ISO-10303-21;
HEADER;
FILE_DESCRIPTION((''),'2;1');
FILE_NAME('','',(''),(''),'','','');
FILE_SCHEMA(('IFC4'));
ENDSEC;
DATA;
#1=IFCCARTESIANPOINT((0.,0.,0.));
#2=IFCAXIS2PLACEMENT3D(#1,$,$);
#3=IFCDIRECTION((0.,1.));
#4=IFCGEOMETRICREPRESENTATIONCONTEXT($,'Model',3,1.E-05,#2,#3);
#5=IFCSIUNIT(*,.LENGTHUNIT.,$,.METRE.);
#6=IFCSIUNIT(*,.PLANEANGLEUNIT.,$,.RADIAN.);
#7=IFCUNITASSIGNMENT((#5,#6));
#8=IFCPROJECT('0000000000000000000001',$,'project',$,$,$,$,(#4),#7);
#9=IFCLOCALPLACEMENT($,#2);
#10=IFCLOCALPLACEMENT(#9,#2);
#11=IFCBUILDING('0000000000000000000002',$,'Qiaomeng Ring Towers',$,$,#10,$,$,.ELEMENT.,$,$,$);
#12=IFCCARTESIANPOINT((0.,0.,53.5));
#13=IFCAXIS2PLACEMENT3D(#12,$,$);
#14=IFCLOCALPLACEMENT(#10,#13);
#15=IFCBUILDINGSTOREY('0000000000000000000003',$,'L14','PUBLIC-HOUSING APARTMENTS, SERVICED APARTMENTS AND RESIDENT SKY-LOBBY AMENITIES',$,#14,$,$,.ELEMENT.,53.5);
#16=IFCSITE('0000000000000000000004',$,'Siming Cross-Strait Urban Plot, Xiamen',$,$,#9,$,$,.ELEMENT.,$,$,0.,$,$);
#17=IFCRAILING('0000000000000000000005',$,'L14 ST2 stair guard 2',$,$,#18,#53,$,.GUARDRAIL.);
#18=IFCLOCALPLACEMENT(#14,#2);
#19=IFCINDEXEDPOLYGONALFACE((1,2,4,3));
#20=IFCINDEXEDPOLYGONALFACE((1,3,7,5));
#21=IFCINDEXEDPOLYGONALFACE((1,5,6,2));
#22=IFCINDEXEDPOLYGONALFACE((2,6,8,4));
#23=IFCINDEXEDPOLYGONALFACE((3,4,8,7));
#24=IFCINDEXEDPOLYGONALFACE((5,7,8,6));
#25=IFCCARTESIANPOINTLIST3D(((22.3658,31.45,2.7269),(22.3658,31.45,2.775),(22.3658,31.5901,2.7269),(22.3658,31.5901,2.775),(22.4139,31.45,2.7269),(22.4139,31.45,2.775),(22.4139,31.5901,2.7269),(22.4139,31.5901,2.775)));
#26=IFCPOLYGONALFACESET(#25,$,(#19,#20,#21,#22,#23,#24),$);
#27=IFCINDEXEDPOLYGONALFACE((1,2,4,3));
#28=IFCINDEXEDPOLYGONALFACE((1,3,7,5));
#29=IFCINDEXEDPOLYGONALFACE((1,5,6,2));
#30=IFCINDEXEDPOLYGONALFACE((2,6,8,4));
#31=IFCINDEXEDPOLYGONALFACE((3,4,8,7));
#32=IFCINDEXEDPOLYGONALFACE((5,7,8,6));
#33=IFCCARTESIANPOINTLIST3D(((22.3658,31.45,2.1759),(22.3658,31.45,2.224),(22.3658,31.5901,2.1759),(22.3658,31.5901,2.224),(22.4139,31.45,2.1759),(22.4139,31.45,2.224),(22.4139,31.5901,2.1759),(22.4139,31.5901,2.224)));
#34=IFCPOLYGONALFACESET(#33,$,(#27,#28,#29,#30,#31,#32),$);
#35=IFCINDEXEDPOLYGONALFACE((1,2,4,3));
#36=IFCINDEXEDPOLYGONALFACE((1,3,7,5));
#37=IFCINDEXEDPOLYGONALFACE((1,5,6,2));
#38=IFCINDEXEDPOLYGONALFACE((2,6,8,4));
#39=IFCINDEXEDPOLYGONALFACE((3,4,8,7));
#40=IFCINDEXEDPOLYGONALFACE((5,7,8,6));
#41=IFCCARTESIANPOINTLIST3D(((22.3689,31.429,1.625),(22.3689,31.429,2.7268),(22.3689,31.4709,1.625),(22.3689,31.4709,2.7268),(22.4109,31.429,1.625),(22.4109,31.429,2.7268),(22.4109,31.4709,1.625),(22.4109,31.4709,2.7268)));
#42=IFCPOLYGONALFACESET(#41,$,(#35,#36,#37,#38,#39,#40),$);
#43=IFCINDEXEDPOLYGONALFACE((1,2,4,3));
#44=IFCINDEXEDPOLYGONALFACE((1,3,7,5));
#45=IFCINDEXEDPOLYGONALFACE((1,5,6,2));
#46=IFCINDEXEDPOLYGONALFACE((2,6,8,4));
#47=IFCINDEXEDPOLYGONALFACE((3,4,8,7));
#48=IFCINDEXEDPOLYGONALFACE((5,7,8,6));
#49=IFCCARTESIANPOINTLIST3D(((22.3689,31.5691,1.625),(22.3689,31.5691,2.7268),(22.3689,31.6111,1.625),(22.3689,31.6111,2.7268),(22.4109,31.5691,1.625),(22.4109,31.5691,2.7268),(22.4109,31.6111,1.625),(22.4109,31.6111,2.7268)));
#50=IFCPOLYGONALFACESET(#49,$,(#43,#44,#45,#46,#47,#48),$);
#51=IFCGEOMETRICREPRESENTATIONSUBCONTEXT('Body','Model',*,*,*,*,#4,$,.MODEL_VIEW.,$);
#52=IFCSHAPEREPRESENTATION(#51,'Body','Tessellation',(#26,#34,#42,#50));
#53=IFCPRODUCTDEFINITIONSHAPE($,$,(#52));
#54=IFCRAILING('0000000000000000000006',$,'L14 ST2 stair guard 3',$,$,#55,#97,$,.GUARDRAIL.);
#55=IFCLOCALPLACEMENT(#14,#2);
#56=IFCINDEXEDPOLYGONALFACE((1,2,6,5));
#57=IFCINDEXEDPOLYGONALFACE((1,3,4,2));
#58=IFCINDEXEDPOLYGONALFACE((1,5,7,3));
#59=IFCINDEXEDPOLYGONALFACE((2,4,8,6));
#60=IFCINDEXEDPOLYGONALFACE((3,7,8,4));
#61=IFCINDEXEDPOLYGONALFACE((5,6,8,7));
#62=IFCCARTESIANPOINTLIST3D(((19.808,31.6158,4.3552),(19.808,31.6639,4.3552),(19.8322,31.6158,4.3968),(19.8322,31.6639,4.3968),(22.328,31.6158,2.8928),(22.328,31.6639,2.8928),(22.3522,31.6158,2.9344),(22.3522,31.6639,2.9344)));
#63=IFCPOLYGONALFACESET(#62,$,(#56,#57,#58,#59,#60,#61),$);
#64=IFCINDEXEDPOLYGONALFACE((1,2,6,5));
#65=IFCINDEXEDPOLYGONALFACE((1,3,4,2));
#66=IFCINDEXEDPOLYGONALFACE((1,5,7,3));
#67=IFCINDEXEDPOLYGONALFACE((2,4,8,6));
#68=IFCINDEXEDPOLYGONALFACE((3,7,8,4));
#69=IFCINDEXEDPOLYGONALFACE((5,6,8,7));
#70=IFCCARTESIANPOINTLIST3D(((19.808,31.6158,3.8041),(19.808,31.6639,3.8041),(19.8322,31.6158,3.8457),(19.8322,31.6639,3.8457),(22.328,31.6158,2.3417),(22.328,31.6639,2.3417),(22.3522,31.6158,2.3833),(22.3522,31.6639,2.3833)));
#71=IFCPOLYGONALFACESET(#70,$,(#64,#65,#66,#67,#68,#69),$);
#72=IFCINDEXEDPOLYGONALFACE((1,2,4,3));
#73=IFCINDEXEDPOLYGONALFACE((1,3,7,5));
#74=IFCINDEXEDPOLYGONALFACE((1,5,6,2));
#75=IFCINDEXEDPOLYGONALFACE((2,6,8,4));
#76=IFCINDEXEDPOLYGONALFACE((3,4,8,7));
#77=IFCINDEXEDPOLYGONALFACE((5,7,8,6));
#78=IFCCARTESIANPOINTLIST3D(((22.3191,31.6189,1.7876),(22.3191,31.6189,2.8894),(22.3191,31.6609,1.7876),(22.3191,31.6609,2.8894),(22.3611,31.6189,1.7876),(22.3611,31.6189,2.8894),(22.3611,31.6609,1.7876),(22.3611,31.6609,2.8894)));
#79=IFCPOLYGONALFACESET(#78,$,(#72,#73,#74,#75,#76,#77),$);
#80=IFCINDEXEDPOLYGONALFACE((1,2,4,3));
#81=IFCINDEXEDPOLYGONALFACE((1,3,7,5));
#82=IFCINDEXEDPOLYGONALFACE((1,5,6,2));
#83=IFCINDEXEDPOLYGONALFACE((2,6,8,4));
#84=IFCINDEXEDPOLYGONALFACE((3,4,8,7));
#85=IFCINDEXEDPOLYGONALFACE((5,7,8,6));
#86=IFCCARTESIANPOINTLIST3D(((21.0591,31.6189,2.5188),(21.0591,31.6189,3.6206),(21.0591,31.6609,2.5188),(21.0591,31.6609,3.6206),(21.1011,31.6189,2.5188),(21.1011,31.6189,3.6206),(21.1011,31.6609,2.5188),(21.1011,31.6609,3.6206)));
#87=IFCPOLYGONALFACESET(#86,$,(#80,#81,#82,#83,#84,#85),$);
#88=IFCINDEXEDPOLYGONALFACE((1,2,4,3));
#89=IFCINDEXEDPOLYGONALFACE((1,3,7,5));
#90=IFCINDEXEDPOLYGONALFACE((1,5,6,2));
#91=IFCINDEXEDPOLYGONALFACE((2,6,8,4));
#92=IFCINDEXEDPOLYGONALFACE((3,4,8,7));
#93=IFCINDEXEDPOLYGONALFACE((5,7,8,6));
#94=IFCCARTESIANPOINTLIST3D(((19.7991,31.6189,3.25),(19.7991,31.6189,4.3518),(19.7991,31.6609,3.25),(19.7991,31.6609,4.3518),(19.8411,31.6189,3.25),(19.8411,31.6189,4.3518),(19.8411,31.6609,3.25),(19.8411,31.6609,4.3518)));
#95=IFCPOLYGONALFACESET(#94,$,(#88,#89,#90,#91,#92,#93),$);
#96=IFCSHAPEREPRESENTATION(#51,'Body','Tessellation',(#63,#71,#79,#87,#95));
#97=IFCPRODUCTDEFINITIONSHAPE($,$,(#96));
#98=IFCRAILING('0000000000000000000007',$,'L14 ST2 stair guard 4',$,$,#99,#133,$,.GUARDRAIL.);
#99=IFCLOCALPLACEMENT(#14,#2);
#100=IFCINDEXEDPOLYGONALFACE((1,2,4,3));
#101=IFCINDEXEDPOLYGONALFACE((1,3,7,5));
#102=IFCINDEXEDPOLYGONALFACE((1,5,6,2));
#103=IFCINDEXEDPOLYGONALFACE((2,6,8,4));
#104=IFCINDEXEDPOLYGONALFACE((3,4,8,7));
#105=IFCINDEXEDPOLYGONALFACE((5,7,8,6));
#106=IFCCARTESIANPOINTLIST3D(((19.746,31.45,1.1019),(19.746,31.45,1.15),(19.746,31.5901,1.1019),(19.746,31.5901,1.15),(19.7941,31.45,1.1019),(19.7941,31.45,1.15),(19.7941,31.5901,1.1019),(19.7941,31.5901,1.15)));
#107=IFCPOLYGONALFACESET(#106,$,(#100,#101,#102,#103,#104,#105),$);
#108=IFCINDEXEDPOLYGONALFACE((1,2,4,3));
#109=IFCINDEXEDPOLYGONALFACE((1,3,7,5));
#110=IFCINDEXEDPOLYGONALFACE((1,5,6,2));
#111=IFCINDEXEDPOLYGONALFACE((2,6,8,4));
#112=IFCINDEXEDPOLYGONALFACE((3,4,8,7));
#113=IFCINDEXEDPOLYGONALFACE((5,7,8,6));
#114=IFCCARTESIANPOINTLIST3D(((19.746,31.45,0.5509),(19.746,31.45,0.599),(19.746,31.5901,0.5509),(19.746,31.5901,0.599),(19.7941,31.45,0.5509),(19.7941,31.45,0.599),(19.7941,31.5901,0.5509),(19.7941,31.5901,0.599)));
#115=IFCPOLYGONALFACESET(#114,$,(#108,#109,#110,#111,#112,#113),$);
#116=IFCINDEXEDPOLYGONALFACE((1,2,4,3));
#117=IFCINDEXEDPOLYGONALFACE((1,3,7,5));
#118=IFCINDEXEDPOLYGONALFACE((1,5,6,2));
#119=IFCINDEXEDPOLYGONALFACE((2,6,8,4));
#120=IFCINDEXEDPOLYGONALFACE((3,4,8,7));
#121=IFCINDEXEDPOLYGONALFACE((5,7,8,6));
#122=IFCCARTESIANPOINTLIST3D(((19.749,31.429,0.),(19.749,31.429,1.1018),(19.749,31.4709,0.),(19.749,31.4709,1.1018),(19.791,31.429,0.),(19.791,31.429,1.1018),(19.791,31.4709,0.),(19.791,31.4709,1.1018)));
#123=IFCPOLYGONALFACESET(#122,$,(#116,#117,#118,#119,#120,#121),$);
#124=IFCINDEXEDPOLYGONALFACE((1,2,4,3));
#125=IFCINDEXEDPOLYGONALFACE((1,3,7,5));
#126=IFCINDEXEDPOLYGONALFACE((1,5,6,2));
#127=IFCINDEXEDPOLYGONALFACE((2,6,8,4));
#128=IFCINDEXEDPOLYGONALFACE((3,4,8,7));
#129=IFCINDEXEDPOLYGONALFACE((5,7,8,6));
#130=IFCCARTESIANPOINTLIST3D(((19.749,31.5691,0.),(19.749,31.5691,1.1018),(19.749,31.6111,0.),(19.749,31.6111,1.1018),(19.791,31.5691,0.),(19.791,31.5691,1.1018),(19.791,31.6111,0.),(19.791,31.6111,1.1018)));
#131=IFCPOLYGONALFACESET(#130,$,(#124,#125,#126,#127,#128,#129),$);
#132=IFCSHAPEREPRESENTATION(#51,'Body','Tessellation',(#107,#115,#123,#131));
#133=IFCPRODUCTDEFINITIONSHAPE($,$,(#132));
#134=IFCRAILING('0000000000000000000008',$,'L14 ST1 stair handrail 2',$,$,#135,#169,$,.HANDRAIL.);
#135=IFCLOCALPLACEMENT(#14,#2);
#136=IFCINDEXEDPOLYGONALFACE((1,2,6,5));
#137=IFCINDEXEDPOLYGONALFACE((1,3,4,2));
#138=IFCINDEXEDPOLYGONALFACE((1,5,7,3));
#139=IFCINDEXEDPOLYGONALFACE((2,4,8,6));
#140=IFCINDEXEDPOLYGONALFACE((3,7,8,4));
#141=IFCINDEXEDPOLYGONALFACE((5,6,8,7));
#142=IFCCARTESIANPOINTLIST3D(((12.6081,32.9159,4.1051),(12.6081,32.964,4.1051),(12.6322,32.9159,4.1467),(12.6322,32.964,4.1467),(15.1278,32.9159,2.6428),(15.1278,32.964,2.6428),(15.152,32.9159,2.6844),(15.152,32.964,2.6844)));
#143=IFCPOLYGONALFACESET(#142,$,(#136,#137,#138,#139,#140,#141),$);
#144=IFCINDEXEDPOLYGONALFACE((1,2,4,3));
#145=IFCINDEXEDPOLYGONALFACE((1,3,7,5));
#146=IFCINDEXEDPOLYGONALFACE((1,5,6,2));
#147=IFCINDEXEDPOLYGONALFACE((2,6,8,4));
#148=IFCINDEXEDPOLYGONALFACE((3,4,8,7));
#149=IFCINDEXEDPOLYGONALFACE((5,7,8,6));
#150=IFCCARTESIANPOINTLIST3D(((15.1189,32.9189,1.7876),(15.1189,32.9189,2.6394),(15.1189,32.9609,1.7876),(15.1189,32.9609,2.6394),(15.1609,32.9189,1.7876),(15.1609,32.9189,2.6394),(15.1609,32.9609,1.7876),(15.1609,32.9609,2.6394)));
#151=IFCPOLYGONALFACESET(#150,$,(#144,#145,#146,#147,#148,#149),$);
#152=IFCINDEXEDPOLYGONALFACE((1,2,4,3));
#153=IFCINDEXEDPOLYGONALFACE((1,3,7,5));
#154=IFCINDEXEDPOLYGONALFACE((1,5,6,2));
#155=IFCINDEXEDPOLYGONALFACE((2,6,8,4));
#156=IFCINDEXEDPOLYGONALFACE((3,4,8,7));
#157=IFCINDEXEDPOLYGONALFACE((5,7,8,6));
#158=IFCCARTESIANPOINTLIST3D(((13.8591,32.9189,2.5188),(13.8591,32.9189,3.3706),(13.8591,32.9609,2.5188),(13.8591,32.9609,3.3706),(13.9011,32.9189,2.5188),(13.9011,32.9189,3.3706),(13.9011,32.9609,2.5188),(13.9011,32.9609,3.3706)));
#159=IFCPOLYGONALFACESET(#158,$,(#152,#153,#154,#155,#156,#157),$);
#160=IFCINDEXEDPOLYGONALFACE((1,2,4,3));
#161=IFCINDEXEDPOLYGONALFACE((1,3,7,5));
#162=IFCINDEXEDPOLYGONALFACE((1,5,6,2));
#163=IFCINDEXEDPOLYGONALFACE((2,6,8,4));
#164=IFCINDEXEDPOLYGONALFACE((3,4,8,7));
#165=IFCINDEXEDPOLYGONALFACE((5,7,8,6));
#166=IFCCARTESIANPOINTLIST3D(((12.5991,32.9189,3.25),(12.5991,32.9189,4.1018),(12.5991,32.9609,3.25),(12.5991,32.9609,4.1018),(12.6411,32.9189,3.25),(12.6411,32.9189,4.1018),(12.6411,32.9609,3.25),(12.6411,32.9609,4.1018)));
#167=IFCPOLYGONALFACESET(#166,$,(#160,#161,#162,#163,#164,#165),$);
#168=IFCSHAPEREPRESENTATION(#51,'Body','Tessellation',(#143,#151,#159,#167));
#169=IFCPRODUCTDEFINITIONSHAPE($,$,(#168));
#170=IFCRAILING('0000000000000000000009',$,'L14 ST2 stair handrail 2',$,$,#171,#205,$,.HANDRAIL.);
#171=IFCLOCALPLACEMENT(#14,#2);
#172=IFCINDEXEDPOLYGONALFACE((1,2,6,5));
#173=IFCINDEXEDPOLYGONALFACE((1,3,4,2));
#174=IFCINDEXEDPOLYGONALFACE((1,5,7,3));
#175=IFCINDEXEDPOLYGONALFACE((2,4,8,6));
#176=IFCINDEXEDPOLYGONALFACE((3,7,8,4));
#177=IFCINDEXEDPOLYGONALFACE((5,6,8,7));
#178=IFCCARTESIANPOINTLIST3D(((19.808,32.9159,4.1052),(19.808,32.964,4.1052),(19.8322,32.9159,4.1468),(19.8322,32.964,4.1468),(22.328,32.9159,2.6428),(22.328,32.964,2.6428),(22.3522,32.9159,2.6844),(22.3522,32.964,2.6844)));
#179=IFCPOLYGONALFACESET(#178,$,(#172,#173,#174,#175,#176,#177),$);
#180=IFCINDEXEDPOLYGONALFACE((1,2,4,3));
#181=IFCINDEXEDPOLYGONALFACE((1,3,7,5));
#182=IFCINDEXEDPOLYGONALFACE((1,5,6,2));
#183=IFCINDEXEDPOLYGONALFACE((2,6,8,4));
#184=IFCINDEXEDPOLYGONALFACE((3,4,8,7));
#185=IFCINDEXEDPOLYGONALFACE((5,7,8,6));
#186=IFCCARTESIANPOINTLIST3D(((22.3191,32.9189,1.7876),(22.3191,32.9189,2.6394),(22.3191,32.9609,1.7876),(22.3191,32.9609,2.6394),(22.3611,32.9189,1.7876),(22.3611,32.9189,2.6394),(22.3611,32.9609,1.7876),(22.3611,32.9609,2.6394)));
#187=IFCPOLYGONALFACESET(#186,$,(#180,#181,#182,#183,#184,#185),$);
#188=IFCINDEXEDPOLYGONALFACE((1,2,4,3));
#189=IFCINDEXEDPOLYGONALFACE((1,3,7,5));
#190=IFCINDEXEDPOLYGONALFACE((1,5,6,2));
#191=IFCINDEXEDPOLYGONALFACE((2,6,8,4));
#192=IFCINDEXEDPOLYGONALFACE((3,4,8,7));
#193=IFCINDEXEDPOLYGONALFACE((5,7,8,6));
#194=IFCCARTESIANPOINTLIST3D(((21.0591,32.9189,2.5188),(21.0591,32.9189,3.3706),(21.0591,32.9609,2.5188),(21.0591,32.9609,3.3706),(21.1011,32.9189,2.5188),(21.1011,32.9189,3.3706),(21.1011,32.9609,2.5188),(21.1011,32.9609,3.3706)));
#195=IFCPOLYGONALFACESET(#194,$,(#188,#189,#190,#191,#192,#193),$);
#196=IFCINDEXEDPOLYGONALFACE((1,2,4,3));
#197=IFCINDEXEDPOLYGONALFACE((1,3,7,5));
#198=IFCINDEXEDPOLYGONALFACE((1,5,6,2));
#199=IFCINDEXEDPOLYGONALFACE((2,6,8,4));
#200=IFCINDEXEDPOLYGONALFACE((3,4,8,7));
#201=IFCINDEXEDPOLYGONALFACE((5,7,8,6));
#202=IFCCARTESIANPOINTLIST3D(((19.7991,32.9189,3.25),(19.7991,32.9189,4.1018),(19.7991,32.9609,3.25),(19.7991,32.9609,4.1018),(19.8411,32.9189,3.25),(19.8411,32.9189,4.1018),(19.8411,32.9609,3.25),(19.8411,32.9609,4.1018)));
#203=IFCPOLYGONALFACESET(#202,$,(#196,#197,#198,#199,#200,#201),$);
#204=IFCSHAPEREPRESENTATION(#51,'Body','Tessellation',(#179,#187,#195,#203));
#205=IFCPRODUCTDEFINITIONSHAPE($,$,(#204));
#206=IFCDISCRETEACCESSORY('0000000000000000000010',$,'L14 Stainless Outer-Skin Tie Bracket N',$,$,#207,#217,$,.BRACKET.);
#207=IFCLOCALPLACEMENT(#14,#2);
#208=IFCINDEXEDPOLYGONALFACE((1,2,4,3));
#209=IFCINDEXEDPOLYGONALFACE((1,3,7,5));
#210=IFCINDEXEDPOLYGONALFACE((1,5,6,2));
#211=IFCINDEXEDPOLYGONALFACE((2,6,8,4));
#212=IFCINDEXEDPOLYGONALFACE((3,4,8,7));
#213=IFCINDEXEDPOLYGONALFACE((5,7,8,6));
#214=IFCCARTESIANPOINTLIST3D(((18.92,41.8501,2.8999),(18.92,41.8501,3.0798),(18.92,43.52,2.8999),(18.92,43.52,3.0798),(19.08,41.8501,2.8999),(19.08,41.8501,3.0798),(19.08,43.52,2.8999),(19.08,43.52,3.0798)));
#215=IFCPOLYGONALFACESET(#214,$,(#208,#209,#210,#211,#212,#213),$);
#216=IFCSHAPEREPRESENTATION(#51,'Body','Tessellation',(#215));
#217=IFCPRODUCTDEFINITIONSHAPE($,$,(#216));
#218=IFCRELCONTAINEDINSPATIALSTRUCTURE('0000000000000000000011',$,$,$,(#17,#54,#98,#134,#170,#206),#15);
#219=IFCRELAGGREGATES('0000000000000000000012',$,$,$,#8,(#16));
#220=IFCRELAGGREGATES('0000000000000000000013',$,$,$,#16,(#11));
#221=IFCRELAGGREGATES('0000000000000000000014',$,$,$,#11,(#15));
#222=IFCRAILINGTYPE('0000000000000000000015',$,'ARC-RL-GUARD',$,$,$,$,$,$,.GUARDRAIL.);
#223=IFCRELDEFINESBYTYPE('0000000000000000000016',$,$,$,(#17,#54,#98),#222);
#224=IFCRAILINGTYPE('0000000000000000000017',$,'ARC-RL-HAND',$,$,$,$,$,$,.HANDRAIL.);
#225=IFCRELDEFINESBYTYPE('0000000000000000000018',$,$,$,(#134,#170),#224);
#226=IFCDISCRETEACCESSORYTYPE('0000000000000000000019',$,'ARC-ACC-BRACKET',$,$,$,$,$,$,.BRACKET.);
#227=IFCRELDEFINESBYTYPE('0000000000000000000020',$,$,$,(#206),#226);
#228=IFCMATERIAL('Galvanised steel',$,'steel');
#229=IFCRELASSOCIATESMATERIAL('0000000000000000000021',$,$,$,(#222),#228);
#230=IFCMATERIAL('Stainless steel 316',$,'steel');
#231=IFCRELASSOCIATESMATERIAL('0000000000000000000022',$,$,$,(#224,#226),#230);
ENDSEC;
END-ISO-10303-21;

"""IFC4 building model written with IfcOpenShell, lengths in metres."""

from ifc_helpers import new_model, si_unit, direction, frame, origin, origin_2d, place, context, subcontext, project, spatial, rectangle, extrude, source, transform, mapped, material, type_object, element, save


model = new_model("IFC4")

# Units and contexts
model_context = context("Model", 3, precision=1e-05, world=origin(), true_north=direction((0.0, 1.0)))
body_context = subcontext(model_context, "Body", "Model", "MODEL_VIEW")
ifc_project = project(units=[si_unit("LENGTHUNIT", "METRE"), si_unit("PLANEANGLEUNIT", "RADIAN")], contexts=[model_context])

# Site, building, storey
site_placement = place(None, origin())
site = spatial("IfcSite", under=ifc_project, at=site_placement, Name="Siming Cross-Strait Urban Plot, Xiamen", CompositionType="ELEMENT", RefElevation=0.0)
building_placement = place(site_placement, origin())
building = spatial("IfcBuilding", under=site, at=building_placement, Name="Qiaomeng Ring Towers", CompositionType="ELEMENT")
storey_placement = place(building_placement, frame((0.0, 0.0, 53.5)))
storey = spatial("IfcBuildingStorey", under=building, at=storey_placement, Name="L14", Description="PUBLIC-HOUSING APARTMENTS, SERVICED APARTMENTS AND RESIDENT SKY-LOBBY AMENITIES", CompositionType="ELEMENT", Elevation=53.5)

# Shared definitions
ifc_material_1 = material(Name="Galvanised steel", Category="steel")

# Railings
railing_type_1 = type_object("IfcRailingType", Name="ARC-RL-GUARD", PredefinedType="GUARDRAIL", material=ifc_material_1)
railing_1_placement = place(storey_placement, frame((22.3899, 31.45, 1.625)))
element("IfcRailing", 1, at=railing_1_placement, inside=storey, type_object=railing_type_1, Name="L14 ST2 stair guard 2", PredefinedType="GUARDRAIL", context=body_context, shape_type="SweptSolid", body=[
    extrude(rectangle(XDim=0.0481, YDim=0.0481, at=origin_2d()), frame((0.0, 0.0, 1.126), z_axis=(0.0, 1.0, 0.0), x_axis=(-1.0, 0.0, 0.0)), (0.0, 0.0, 1.0), 0.1401),
    extrude(rectangle(XDim=0.0481, YDim=0.0481, at=origin_2d()), frame((0.0, 0.0, 0.575), z_axis=(0.0, 1.0, 0.0), x_axis=(-1.0, 0.0, 0.0)), (0.0, 0.0, 1.0), 0.1401),
    extrude(rectangle(XDim=0.042, YDim=0.042, at=origin_2d()), origin(), (0.0, 0.0, 1.0), 1.1018),
    extrude(rectangle(XDim=0.042, YDim=0.042, at=origin_2d()), frame((0.0, 0.1401, 0.0)), (0.0, 0.0, 1.0), 1.1018),
])
railing_2_placement = place(storey_placement, frame((22.3401, 31.6399, 1.7876)))
element("IfcRailing", 2, at=railing_2_placement, inside=storey, type_object=railing_type_1, Name="L14 ST2 stair guard 3", PredefinedType="GUARDRAIL", context=body_context, shape_type="SweptSolid", body=[
    extrude(rectangle(XDim=0.0481, YDim=0.0481, at=origin_2d()), frame((0.0, 0.0, 1.126), z_axis=(-0.864913, 0.0, 0.501921), x_axis=(0.0, -1.0, 0.0)), (0.0, 0.0, 1.0), 2.9136),
    extrude(rectangle(XDim=0.0481, YDim=0.0481, at=origin_2d()), frame((0.0, 0.0, 0.575), z_axis=(-0.864913, 0.0, 0.501921), x_axis=(0.0, -1.0, 0.0)), (0.0, 0.0, 1.0), 2.9136),
    extrude(rectangle(XDim=0.042, YDim=0.042, at=origin_2d()), origin(), (0.0, 0.0, 1.0), 1.1018),
    extrude(rectangle(XDim=0.042, YDim=0.042, at=origin_2d()), frame((-1.26, 0.0, 0.7312)), (0.0, 0.0, 1.0), 1.1018),
    extrude(rectangle(XDim=0.042, YDim=0.042, at=origin_2d()), frame((-2.52, 0.0, 1.4624)), (0.0, 0.0, 1.0), 1.1018),
])
railing_3_placement = place(storey_placement, frame((19.77, 31.45, 0.0)))
element("IfcRailing", 3, at=railing_3_placement, inside=storey, type_object=railing_type_1, Name="L14 ST2 stair guard 4", PredefinedType="GUARDRAIL", context=body_context, shape_type="SweptSolid", body=[
    extrude(rectangle(XDim=0.0481, YDim=0.0481, at=origin_2d()), frame((0.0, 0.0, 1.126), z_axis=(0.0, 1.0, 0.0), x_axis=(-1.0, 0.0, 0.0)), (0.0, 0.0, 1.0), 0.1401),
    extrude(rectangle(XDim=0.0481, YDim=0.0481, at=origin_2d()), frame((0.0, 0.0, 0.575), z_axis=(0.0, 1.0, 0.0), x_axis=(-1.0, 0.0, 0.0)), (0.0, 0.0, 1.0), 0.1401),
    extrude(rectangle(XDim=0.042, YDim=0.042, at=origin_2d()), origin(), (0.0, 0.0, 1.0), 1.1018),
    extrude(rectangle(XDim=0.042, YDim=0.042, at=origin_2d()), frame((0.0, 0.1401, 0.0)), (0.0, 0.0, 1.0), 1.1018),
])
ifc_material_2 = material(Name="Stainless steel 316", Category="steel")
railing_type_2 = type_object("IfcRailingType", Name="ARC-RL-HAND", PredefinedType="HANDRAIL", material=ifc_material_2)
railing_4_placement = place(storey_placement, frame((15.1399, 32.9399, 1.7876)))
element("IfcRailing", 4, at=railing_4_placement, inside=storey, type_object=railing_type_2, Name="L14 ST1 stair handrail 2", PredefinedType="HANDRAIL", context=body_context, shape_type="SweptSolid", body=[
    extrude(rectangle(XDim=0.0481, YDim=0.0481, at=origin_2d()), frame((0.0, 0.0, 0.876), z_axis=(-0.864892, 0.0, 0.501958), x_axis=(0.0, -1.0, 0.0)), (0.0, 0.0, 1.0), 2.9133),
    extrude(rectangle(XDim=0.042, YDim=0.042, at=origin_2d()), origin(), (0.0, 0.0, 1.0), 0.8518),
    extrude(rectangle(XDim=0.042, YDim=0.042, at=origin_2d()), frame((-1.2598, 0.0, 0.7312)), (0.0, 0.0, 1.0), 0.8518),
    extrude(rectangle(XDim=0.042, YDim=0.042, at=origin_2d()), frame((-2.5198, 0.0, 1.4624)), (0.0, 0.0, 1.0), 0.8518),
])
railing_5_placement = place(storey_placement, frame((22.3401, 32.9399, 1.7876)))
element("IfcRailing", 5, at=railing_5_placement, inside=storey, type_object=railing_type_2, Name="L14 ST2 stair handrail 2", PredefinedType="HANDRAIL", context=body_context, shape_type="SweptSolid", body=[
    extrude(rectangle(XDim=0.0481, YDim=0.0481, at=origin_2d()), frame((0.0, 0.0, 0.876), z_axis=(-0.864913, 0.0, 0.501921), x_axis=(0.0, -1.0, 0.0)), (0.0, 0.0, 1.0), 2.9136),
    extrude(rectangle(XDim=0.042, YDim=0.042, at=origin_2d()), origin(), (0.0, 0.0, 1.0), 0.8518),
    extrude(rectangle(XDim=0.042, YDim=0.042, at=origin_2d()), frame((-1.26, 0.0, 0.7312)), (0.0, 0.0, 1.0), 0.8518),
    extrude(rectangle(XDim=0.042, YDim=0.042, at=origin_2d()), frame((-2.52, 0.0, 1.4624)), (0.0, 0.0, 1.0), 0.8518),
])

# Discrete accessory
discrete_accessory_type = type_object("IfcDiscreteAccessoryType", Name="ARC-ACC-BRACKET", PredefinedType="BRACKET", material=ifc_material_2)
shared_shape_1 = source(origin(), body_context, "Body", "SweptSolid", [
    extrude(rectangle(XDim=0.1599, YDim=1.6699, at=origin_2d()), origin(), (0.0, 0.0, 1.0), 0.1799),
])
discrete_accessory_placement = place(storey_placement, frame((19.0, 42.6851, 2.8999), z_axis=(0.0, 0.0, 1.0), x_axis=(1.0, 0.0, 0.0)))
element("IfcDiscreteAccessory", 6, at=discrete_accessory_placement, inside=storey, type_object=discrete_accessory_type, Name="L14 Stainless Outer-Skin Tie Bracket N", PredefinedType="BRACKET", context=body_context, shape_type="MappedRepresentation", body=[
    mapped(shared_shape_1, transform((0.0, 0.0, 0.0), x_axis=(1.0, 0.0, 0.0), y_axis=(0.0, 1.0, 0.0), z_axis=(0.0, 0.0, 1.0), scale=1.0)),
])

save(model, "model.ifc")
